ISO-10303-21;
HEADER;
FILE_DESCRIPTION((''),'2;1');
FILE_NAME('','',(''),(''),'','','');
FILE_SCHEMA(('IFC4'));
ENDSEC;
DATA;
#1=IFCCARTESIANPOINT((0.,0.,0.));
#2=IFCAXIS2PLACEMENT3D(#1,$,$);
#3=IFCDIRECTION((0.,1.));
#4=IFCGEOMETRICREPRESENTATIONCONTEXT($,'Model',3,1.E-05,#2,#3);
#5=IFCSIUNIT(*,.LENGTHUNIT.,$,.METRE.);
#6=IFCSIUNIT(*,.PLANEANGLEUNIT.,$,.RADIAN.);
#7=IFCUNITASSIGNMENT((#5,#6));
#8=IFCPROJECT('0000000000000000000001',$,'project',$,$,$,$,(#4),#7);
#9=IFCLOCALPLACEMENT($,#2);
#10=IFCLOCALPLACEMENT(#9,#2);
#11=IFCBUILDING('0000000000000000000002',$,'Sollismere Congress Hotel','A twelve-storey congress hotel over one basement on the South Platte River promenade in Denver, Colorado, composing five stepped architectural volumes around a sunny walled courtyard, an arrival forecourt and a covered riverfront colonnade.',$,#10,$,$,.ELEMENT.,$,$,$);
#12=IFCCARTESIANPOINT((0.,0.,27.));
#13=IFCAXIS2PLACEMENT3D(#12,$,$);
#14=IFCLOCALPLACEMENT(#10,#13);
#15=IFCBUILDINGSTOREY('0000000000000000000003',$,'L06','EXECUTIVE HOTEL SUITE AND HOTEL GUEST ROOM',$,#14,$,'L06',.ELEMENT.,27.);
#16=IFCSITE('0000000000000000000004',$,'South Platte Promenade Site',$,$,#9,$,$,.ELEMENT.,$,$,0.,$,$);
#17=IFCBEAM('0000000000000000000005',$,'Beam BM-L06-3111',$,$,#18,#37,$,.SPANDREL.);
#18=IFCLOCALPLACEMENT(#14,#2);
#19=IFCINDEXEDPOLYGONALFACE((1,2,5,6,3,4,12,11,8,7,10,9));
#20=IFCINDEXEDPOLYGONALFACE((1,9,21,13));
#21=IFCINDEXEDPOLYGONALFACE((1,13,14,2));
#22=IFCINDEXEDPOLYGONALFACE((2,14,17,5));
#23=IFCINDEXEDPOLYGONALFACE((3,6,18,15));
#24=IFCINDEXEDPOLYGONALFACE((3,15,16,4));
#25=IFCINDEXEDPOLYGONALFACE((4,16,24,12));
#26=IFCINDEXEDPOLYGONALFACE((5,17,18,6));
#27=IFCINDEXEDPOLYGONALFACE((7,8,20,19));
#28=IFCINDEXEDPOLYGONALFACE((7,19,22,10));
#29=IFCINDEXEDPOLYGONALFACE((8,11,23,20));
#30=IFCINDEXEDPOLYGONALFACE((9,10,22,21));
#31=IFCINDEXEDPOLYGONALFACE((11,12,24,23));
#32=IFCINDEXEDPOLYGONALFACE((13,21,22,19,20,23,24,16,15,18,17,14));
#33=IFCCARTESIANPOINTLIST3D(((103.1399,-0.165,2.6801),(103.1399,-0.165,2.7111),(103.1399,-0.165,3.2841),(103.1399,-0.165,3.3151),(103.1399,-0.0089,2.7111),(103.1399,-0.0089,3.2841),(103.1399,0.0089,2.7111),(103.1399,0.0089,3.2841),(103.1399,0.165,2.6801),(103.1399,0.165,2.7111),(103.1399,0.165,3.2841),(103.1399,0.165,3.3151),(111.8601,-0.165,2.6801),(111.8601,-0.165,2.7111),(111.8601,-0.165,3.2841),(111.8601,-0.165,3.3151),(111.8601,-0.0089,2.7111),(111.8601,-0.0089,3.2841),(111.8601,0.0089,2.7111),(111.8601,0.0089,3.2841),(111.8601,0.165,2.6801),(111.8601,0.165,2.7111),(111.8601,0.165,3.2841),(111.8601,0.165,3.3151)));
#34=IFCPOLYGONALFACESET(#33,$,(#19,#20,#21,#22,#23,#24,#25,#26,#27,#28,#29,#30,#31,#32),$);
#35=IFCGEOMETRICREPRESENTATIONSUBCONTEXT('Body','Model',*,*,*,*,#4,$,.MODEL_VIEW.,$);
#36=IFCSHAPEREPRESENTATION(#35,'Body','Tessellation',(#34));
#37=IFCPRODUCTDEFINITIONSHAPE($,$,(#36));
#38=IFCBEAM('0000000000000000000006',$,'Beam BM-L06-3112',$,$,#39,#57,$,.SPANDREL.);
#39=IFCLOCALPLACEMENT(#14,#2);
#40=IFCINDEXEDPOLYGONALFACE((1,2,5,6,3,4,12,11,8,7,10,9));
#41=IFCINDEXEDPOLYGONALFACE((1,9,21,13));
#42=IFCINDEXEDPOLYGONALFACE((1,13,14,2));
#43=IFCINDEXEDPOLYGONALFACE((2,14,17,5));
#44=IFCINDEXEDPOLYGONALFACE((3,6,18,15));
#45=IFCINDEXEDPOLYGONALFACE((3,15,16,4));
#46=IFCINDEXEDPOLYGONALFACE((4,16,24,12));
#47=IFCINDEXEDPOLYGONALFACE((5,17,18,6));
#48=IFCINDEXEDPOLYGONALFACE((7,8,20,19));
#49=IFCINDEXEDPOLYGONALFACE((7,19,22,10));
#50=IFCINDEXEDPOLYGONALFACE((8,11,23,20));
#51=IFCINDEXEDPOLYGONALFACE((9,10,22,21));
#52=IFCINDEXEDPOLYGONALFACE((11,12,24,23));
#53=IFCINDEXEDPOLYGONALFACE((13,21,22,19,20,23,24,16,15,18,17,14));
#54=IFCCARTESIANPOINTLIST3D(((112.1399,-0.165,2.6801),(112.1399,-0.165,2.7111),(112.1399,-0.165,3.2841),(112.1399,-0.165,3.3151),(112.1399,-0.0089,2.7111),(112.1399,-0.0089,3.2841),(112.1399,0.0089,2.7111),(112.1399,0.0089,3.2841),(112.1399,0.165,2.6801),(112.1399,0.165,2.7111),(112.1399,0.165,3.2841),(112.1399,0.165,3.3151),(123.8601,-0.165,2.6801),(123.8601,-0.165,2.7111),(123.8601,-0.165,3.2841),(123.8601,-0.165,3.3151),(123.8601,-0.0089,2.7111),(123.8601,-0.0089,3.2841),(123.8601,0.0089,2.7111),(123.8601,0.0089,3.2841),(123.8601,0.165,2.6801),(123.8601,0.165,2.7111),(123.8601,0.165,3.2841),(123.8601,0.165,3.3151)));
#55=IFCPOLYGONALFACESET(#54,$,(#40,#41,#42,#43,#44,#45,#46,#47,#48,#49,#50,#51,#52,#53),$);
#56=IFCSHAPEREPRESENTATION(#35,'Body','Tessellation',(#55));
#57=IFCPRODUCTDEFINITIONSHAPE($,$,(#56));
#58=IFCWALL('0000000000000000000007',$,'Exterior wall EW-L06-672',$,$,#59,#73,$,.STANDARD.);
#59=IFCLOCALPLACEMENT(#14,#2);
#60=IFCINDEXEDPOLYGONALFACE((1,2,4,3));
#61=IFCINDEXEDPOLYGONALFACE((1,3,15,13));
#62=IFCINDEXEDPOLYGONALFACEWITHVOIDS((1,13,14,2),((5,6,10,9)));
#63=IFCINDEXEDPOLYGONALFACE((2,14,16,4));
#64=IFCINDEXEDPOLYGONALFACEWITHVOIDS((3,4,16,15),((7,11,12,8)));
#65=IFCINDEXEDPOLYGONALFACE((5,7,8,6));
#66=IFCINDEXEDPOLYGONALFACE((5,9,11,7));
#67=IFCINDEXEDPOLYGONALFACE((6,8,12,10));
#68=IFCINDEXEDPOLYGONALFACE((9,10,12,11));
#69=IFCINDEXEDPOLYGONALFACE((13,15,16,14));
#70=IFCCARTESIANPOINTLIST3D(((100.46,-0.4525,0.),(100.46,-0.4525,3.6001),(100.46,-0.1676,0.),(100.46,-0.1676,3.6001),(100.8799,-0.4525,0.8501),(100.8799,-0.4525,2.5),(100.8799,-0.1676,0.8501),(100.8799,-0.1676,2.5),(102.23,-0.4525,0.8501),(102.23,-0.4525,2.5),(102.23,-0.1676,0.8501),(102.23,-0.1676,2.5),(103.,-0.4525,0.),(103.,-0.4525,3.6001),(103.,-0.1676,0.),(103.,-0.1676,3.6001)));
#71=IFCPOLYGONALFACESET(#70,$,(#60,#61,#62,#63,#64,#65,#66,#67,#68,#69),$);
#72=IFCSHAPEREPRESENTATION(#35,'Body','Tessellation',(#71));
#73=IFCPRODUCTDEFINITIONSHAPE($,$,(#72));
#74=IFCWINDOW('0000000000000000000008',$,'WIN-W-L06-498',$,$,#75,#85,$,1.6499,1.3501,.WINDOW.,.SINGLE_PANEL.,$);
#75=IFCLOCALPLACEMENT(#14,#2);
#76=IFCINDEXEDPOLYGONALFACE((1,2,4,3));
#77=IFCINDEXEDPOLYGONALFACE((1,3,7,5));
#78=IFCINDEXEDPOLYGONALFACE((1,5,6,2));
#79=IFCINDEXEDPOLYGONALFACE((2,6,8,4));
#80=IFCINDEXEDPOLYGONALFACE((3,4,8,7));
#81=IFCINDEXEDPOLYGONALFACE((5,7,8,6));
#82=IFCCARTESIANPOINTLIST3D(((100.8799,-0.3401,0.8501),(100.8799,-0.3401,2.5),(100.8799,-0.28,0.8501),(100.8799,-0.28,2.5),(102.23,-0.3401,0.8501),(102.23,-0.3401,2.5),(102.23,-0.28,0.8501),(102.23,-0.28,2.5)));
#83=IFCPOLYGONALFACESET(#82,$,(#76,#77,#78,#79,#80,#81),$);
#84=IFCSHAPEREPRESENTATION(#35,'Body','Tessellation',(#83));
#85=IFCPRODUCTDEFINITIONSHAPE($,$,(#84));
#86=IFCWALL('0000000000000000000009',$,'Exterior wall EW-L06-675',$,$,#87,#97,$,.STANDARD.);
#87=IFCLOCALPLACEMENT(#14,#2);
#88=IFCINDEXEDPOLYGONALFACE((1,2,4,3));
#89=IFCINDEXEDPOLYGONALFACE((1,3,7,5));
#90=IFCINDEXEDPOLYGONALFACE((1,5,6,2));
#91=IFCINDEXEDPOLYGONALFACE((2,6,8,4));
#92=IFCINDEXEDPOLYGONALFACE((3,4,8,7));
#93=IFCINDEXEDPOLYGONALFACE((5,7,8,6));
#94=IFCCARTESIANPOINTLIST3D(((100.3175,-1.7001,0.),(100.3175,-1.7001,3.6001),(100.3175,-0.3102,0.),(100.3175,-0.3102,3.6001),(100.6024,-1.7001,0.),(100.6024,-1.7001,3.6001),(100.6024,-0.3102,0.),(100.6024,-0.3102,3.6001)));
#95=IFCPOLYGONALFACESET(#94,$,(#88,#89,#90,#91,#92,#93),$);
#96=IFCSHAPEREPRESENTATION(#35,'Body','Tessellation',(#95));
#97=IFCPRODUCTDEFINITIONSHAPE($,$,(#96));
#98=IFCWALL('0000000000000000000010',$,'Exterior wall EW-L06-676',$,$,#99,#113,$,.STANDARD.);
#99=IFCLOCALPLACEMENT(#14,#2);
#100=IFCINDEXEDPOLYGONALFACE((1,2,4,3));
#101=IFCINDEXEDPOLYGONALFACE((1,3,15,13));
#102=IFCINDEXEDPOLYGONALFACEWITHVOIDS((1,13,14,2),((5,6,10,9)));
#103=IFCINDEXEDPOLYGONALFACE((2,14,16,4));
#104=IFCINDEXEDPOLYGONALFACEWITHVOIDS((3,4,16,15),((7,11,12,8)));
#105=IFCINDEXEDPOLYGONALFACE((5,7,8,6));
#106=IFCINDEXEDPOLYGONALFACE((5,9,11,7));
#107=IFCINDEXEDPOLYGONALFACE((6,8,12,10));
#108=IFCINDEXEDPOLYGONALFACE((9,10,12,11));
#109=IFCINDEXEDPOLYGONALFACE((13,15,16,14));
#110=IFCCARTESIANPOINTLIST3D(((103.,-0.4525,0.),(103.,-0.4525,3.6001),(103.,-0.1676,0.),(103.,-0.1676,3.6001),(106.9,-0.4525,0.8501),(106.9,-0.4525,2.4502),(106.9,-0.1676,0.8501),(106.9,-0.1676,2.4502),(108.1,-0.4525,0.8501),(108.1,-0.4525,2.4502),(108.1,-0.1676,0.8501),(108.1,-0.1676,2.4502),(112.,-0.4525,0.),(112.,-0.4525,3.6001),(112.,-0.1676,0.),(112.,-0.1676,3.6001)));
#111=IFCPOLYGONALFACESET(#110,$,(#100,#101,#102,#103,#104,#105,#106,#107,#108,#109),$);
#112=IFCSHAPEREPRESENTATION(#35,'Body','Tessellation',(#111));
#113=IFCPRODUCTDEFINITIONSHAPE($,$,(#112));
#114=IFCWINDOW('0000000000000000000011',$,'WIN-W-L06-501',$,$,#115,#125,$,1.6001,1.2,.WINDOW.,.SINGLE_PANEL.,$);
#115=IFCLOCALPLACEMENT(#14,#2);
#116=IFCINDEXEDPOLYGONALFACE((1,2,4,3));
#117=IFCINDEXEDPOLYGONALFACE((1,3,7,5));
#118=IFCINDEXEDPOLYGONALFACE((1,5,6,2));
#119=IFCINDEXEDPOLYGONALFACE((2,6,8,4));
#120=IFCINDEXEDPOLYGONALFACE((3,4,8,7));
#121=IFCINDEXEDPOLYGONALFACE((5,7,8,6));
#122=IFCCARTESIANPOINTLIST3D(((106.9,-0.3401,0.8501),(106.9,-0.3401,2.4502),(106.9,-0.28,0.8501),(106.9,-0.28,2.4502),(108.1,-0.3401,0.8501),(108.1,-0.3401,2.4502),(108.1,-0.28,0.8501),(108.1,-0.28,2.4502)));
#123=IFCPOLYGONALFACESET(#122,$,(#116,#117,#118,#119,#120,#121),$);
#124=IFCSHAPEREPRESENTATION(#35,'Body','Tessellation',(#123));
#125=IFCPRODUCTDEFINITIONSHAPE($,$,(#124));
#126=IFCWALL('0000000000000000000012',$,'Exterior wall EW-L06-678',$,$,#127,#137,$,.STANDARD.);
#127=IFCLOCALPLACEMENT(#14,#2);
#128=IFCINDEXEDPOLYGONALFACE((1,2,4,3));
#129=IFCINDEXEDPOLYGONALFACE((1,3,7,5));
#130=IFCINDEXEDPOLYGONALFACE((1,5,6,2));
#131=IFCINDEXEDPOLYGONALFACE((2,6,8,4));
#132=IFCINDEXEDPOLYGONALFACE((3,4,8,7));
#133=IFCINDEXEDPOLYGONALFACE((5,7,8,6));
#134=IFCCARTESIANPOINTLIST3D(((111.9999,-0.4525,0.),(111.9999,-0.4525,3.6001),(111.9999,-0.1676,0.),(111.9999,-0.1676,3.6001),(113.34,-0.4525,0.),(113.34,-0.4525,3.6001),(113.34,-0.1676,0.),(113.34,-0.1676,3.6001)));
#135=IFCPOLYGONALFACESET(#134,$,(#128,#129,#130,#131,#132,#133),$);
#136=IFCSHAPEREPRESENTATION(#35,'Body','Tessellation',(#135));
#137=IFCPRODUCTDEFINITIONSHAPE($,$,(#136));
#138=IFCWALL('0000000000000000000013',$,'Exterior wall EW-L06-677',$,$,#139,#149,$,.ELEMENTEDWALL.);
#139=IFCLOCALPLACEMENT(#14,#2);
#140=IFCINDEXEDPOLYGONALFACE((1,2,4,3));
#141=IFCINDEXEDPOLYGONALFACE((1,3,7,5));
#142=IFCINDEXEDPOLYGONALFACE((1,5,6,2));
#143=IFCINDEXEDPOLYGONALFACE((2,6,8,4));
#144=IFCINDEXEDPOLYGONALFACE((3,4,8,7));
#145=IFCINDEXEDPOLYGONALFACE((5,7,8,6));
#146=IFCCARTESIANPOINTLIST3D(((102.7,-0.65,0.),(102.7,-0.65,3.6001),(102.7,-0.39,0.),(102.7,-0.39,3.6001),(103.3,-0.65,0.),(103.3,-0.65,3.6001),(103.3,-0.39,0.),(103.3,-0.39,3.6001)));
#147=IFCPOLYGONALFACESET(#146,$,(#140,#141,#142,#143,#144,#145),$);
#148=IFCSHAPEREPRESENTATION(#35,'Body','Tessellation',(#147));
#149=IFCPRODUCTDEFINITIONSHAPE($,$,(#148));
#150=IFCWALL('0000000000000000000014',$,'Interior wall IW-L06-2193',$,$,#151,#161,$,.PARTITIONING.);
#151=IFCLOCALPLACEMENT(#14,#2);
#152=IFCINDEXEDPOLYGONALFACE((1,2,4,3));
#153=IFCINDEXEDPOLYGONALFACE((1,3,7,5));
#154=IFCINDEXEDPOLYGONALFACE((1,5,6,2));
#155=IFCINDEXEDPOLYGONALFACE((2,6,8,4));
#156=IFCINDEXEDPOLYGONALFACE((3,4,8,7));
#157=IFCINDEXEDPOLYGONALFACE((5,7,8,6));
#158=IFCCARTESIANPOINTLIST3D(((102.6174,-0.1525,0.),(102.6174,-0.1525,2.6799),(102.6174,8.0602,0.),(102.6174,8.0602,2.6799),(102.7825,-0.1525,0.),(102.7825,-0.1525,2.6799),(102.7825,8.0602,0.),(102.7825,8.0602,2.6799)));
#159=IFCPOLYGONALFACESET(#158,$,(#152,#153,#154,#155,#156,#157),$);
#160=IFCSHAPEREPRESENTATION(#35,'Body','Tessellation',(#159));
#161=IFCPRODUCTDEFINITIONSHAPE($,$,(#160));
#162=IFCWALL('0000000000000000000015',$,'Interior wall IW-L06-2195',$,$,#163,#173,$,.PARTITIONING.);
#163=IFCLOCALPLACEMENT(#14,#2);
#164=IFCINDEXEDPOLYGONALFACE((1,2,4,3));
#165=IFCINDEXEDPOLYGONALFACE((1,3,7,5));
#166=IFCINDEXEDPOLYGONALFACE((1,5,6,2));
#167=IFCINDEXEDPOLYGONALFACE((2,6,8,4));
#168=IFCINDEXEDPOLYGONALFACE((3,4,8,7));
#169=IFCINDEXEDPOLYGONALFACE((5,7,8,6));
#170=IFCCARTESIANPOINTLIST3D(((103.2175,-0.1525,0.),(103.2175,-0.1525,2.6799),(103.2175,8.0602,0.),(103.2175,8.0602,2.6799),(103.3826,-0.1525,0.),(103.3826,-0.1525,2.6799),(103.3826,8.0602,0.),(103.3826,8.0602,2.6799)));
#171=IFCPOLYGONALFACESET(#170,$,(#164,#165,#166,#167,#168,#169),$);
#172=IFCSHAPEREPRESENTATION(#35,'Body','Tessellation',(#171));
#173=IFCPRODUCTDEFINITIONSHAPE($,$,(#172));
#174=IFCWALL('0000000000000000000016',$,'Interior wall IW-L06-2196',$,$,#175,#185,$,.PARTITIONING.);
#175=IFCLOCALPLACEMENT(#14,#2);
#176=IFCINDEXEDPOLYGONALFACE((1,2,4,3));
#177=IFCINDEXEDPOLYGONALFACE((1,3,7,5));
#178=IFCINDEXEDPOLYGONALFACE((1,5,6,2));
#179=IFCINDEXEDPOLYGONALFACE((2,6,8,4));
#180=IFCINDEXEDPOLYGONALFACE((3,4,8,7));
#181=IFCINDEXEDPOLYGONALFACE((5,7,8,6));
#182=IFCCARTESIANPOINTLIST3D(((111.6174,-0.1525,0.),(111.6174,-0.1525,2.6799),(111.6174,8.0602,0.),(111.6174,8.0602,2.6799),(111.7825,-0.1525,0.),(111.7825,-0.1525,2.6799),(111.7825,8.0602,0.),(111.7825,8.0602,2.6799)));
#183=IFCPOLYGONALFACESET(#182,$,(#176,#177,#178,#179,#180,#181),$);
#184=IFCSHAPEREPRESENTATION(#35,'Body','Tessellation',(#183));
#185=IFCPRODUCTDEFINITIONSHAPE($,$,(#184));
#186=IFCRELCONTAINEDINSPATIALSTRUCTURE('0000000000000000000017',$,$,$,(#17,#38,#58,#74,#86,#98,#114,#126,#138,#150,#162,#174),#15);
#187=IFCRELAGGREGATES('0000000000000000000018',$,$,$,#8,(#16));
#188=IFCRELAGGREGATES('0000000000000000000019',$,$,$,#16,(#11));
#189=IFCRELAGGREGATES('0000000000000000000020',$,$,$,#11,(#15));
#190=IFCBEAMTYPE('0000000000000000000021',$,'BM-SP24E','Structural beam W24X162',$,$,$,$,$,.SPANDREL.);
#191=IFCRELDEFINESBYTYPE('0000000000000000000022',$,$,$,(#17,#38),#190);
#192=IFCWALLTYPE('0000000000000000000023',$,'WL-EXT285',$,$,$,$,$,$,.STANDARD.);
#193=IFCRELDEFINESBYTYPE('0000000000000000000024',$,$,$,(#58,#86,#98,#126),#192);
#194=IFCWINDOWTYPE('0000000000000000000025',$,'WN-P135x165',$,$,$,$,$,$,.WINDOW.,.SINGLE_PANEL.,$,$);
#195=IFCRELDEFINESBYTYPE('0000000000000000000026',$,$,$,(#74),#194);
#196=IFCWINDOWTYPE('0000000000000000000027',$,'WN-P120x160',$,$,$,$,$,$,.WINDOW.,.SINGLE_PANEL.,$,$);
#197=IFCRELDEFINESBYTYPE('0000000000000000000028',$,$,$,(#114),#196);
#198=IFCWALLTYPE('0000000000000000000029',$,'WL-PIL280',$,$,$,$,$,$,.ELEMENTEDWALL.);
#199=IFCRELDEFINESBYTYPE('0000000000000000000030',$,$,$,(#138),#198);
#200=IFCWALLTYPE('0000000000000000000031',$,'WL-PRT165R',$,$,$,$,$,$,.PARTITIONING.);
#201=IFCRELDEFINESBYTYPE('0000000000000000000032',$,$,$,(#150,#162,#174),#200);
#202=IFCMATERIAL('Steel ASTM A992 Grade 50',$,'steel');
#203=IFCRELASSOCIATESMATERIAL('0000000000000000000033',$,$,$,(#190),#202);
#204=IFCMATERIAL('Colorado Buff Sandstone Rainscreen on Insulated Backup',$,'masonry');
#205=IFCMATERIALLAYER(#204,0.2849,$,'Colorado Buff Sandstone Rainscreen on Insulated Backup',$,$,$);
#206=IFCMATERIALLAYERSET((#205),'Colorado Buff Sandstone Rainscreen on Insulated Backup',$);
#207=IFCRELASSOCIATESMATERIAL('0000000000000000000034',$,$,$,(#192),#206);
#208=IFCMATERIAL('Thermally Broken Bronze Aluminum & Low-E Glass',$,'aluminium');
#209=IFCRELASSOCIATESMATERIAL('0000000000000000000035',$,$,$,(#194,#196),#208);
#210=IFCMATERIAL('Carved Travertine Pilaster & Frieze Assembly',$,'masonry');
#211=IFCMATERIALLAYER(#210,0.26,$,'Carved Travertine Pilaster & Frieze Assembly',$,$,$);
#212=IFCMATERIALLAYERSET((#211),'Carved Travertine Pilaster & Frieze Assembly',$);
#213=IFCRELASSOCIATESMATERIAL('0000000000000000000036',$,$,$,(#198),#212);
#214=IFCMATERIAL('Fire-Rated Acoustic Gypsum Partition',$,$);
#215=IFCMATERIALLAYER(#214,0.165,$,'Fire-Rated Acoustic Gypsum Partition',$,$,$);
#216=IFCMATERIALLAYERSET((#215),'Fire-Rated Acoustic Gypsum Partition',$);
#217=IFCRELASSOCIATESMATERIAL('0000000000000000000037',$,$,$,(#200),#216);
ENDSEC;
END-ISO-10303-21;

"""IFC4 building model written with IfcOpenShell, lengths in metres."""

from ifc_helpers import new_model, si_unit, direction, frame, frame_2d, origin, origin_2d, place, context, subcontext, project, spatial, rectangle, i_section, extrude, material, layer, layer_set, material_profile, profile_set, type_object, element, fill, save


model = new_model("IFC4")

# Units and contexts
model_context = context("Model", 3, precision=1e-05, world=origin(), true_north=direction((0.0, 1.0)))
body_context = subcontext(model_context, "Body", "Model", "MODEL_VIEW")
ifc_project = project(units=[si_unit("LENGTHUNIT", "METRE"), si_unit("PLANEANGLEUNIT", "RADIAN")], contexts=[model_context])

# Site, building, storey
site_placement = place(None, origin())
site = spatial("IfcSite", under=ifc_project, at=site_placement, Name="South Platte Promenade Site", CompositionType="ELEMENT", RefElevation=0.0)
building_placement = place(site_placement, origin())
building = spatial("IfcBuilding", under=site, at=building_placement, Name="Sollismere Congress Hotel", Description="A twelve-storey congress hotel over one basement on the South Platte River promenade in Denver, Colorado, composing five stepped architectural volumes around a sunny walled courtyard, an arrival forecourt and a covered riverfront colonnade.", CompositionType="ELEMENT")
storey_placement = place(building_placement, frame((0.0, 0.0, 27.0)))
storey = spatial("IfcBuildingStorey", under=building, at=storey_placement, Name="L06", Description="EXECUTIVE HOTEL SUITE AND HOTEL GUEST ROOM", LongName="L06", CompositionType="ELEMENT", Elevation=27.0)

# Shared definitions
ifc_material_1 = material(Name="Steel ASTM A992 Grade 50", Category="steel")

# Beams
ifc_material_profile_1 = material_profile(ifc_material_1, i_section(OverallWidth=0.3301, OverallDepth=0.635, WebThickness=0.0178, FlangeThickness=0.031, at=origin_2d()), Name="W24X162")
ifc_profile_set_1 = profile_set([ifc_material_profile_1], Name="Steel ASTM A992 Grade 50")
beam_type_1 = type_object("IfcBeamType", Name="BM-SP24E", Description="Structural beam W24X162", PredefinedType="SPANDREL", material=ifc_profile_set_1)
beam_1_placement = place(storey_placement, frame((103.1399, 0.0, 2.9976), z_axis=(1.0, 0.0, 0.0), x_axis=(0.0, 1.0, 0.0)))
element("IfcBeam", 1, at=beam_1_placement, inside=storey, type_object=beam_type_1, Name="Beam BM-L06-3111", PredefinedType="SPANDREL", context=body_context, shape_type="SweptSolid", body=[
    extrude(i_section(OverallWidth=0.3301, OverallDepth=0.635, WebThickness=0.0178, FlangeThickness=0.031, at=origin_2d()), origin(), (0.0, 0.0, 1.0), 8.7202),
])
beam_2_placement = place(storey_placement, frame((112.1399, 0.0, 2.9976), z_axis=(1.0, 0.0, 0.0), x_axis=(0.0, 1.0, 0.0)))
element("IfcBeam", 2, at=beam_2_placement, inside=storey, type_object=beam_type_1, Name="Beam BM-L06-3112", PredefinedType="SPANDREL", context=body_context, shape_type="SweptSolid", body=[
    extrude(i_section(OverallWidth=0.3301, OverallDepth=0.635, WebThickness=0.0178, FlangeThickness=0.031, at=origin_2d()), origin(), (0.0, 0.0, 1.0), 11.7202),
])

# Wall, opening, window
ifc_material_2 = material(Name="Colorado Buff Sandstone Rainscreen on Insulated Backup", Category="masonry")
ifc_layer_1 = layer(ifc_material_2, 0.2849, Name="Colorado Buff Sandstone Rainscreen on Insulated Backup")
ifc_layer_set_1 = layer_set([ifc_layer_1], Name="Colorado Buff Sandstone Rainscreen on Insulated Backup")
wall_type_1 = type_object("IfcWallType", Name="WL-EXT285", PredefinedType="STANDARD", material=ifc_layer_set_1)
wall_1_placement = place(storey_placement, frame((100.46, -0.3101, 0.0), z_axis=(0.0, 0.0, 1.0), x_axis=(1.0, 0.0, 0.0)))
wall_1 = element("IfcWall", 3, at=wall_1_placement, inside=storey, type_object=wall_type_1, Name="Exterior wall EW-L06-672", PredefinedType="STANDARD", context=body_context, shape_type="SweptSolid", body=[
    extrude(rectangle(XDim=2.54, YDim=0.2849, at=frame_2d((1.27, 0.0))), origin(), (0.0, 0.0, 1.0), 3.6001),
])
opening_1_placement = place(wall_1_placement, frame((0.4199, 0.0, 0.8501)))
opening_1 = element("IfcOpeningElement", 4, at=opening_1_placement, cuts=wall_1, PredefinedType="OPENING", context=body_context, shape_type="SweptSolid", body=[
    extrude(rectangle(XDim=1.3501, YDim=1.6499, at=frame_2d((0.675, 0.825))), frame((0.0, 0.1523, 0.0), z_axis=(0.0, -1.0, 0.0), x_axis=(1.0, 0.0, 0.0)), (0.0, 0.0, 1.0), 0.3049),
])
ifc_material_3 = material(Name="Thermally Broken Bronze Aluminum & Low-E Glass", Category="aluminium")
window_type_1 = type_object("IfcWindowType", Name="WN-P135x165", PartitioningType="SINGLE_PANEL", PredefinedType="WINDOW", material=ifc_material_3)
window_1_placement = place(opening_1_placement, origin())
window_1 = element("IfcWindow", 5, at=window_1_placement, inside=storey, type_object=window_type_1, Name="WIN-W-L06-498", OverallHeight=1.6499, OverallWidth=1.3501, PartitioningType="SINGLE_PANEL", PredefinedType="WINDOW", context=body_context, shape_type="SweptSolid", body=[
    extrude(rectangle(XDim=1.3501, YDim=1.6499, at=frame_2d((0.675, 0.825))), frame((0.0, 0.03, 0.0), z_axis=(0.0, -1.0, 0.0), x_axis=(1.0, 0.0, 0.0)), (0.0, 0.0, 1.0), 0.0601),
])
fill(opening_1, window_1)

# Wall
wall_2_placement = place(storey_placement, frame((100.46, -1.7, 0.0), z_axis=(0.0, 0.0, 1.0), x_axis=(0.0, 1.0, 0.0)))
element("IfcWall", 6, at=wall_2_placement, inside=storey, type_object=wall_type_1, Name="Exterior wall EW-L06-675", PredefinedType="STANDARD", context=body_context, shape_type="SweptSolid", body=[
    extrude(rectangle(XDim=1.3899, YDim=0.2849, at=frame_2d((0.6948, 0.0))), origin(), (0.0, 0.0, 1.0), 3.6001),
])

# Wall, opening, window
wall_3_placement = place(storey_placement, frame((103.0, -0.3101, 0.0), z_axis=(0.0, 0.0, 1.0), x_axis=(1.0, 0.0, 0.0)))
wall_3 = element("IfcWall", 7, at=wall_3_placement, inside=storey, type_object=wall_type_1, Name="Exterior wall EW-L06-676", PredefinedType="STANDARD", context=body_context, shape_type="SweptSolid", body=[
    extrude(rectangle(XDim=9.0, YDim=0.2849, at=frame_2d((4.5, 0.0))), origin(), (0.0, 0.0, 1.0), 3.6001),
])
opening_2_placement = place(wall_3_placement, frame((3.8999, 0.0, 0.8501)))
opening_2 = element("IfcOpeningElement", 8, at=opening_2_placement, cuts=wall_3, PredefinedType="OPENING", context=body_context, shape_type="SweptSolid", body=[
    extrude(rectangle(XDim=1.2, YDim=1.6001, at=frame_2d((0.6001, 0.8))), frame((0.0, 0.1523, 0.0), z_axis=(0.0, -1.0, 0.0), x_axis=(1.0, 0.0, 0.0)), (0.0, 0.0, 1.0), 0.3049),
])
window_type_2 = type_object("IfcWindowType", Name="WN-P120x160", PartitioningType="SINGLE_PANEL", PredefinedType="WINDOW", material=ifc_material_3)
window_2_placement = place(opening_2_placement, origin())
window_2 = element("IfcWindow", 9, at=window_2_placement, inside=storey, type_object=window_type_2, Name="WIN-W-L06-501", OverallHeight=1.6001, OverallWidth=1.2, PartitioningType="SINGLE_PANEL", PredefinedType="WINDOW", context=body_context, shape_type="SweptSolid", body=[
    extrude(rectangle(XDim=1.2, YDim=1.6001, at=frame_2d((0.6001, 0.8))), frame((0.0, 0.03, 0.0), z_axis=(0.0, -1.0, 0.0), x_axis=(1.0, 0.0, 0.0)), (0.0, 0.0, 1.0), 0.0601),
])
fill(opening_2, window_2)

# Walls
wall_4_placement = place(storey_placement, frame((112.0, -0.3101, 0.0), z_axis=(0.0, 0.0, 1.0), x_axis=(1.0, 0.0, 0.0)))
element("IfcWall", 10, at=wall_4_placement, inside=storey, type_object=wall_type_1, Name="Exterior wall EW-L06-678", PredefinedType="STANDARD", context=body_context, shape_type="SweptSolid", body=[
    extrude(rectangle(XDim=1.3401, YDim=0.2849, at=frame_2d((0.6699, 0.0))), origin(), (0.0, 0.0, 1.0), 3.6001),
])
ifc_material_4 = material(Name="Carved Travertine Pilaster & Frieze Assembly", Category="masonry")
ifc_layer_2 = layer(ifc_material_4, 0.26, Name="Carved Travertine Pilaster & Frieze Assembly")
ifc_layer_set_2 = layer_set([ifc_layer_2], Name="Carved Travertine Pilaster & Frieze Assembly")
wall_type_2 = type_object("IfcWallType", Name="WL-PIL280", PredefinedType="ELEMENTEDWALL", material=ifc_layer_set_2)
wall_5_placement = place(storey_placement, frame((102.7, -0.52, 0.0), z_axis=(0.0, 0.0, 1.0), x_axis=(1.0, 0.0, 0.0)))
element("IfcWall", 11, at=wall_5_placement, inside=storey, type_object=wall_type_2, Name="Exterior wall EW-L06-677", PredefinedType="ELEMENTEDWALL", context=body_context, shape_type="SweptSolid", body=[
    extrude(rectangle(XDim=0.6001, YDim=0.26, at=frame_2d((0.3, 0.0))), origin(), (0.0, 0.0, 1.0), 3.6001),
])
ifc_material_5 = material(Name="Fire-Rated Acoustic Gypsum Partition")
ifc_layer_3 = layer(ifc_material_5, 0.165, Name="Fire-Rated Acoustic Gypsum Partition")
ifc_layer_set_3 = layer_set([ifc_layer_3], Name="Fire-Rated Acoustic Gypsum Partition")
wall_type_3 = type_object("IfcWallType", Name="WL-PRT165R", PredefinedType="PARTITIONING", material=ifc_layer_set_3)
for number, where, z_axis, x_axis, name in (
    (12, (102.7, -0.1526, 0.0), (0.0, 0.0, 1.0), (0.0, 1.0, 0.0), "Interior wall IW-L06-2193"),
    (13, (103.3, -0.1526, 0.0), (0.0, 0.0, 1.0), (0.0, 1.0, 0.0), "Interior wall IW-L06-2195"),
    (14, (111.7, -0.1526, 0.0), (0.0, 0.0, 1.0), (0.0, 1.0, 0.0), "Interior wall IW-L06-2196"),
):
    element("IfcWall", number, at=place(storey_placement, frame(where, z_axis=z_axis, x_axis=x_axis)), inside=storey, type_object=wall_type_3, Name=name, PredefinedType="PARTITIONING", context=body_context, shape_type="SweptSolid", body=[
        extrude(rectangle(XDim=8.2126, YDim=0.165, at=frame_2d((4.1064, 0.0))), origin(), (0.0, 0.0, 1.0), 2.6799),
    ])

save(model, "model.ifc")
